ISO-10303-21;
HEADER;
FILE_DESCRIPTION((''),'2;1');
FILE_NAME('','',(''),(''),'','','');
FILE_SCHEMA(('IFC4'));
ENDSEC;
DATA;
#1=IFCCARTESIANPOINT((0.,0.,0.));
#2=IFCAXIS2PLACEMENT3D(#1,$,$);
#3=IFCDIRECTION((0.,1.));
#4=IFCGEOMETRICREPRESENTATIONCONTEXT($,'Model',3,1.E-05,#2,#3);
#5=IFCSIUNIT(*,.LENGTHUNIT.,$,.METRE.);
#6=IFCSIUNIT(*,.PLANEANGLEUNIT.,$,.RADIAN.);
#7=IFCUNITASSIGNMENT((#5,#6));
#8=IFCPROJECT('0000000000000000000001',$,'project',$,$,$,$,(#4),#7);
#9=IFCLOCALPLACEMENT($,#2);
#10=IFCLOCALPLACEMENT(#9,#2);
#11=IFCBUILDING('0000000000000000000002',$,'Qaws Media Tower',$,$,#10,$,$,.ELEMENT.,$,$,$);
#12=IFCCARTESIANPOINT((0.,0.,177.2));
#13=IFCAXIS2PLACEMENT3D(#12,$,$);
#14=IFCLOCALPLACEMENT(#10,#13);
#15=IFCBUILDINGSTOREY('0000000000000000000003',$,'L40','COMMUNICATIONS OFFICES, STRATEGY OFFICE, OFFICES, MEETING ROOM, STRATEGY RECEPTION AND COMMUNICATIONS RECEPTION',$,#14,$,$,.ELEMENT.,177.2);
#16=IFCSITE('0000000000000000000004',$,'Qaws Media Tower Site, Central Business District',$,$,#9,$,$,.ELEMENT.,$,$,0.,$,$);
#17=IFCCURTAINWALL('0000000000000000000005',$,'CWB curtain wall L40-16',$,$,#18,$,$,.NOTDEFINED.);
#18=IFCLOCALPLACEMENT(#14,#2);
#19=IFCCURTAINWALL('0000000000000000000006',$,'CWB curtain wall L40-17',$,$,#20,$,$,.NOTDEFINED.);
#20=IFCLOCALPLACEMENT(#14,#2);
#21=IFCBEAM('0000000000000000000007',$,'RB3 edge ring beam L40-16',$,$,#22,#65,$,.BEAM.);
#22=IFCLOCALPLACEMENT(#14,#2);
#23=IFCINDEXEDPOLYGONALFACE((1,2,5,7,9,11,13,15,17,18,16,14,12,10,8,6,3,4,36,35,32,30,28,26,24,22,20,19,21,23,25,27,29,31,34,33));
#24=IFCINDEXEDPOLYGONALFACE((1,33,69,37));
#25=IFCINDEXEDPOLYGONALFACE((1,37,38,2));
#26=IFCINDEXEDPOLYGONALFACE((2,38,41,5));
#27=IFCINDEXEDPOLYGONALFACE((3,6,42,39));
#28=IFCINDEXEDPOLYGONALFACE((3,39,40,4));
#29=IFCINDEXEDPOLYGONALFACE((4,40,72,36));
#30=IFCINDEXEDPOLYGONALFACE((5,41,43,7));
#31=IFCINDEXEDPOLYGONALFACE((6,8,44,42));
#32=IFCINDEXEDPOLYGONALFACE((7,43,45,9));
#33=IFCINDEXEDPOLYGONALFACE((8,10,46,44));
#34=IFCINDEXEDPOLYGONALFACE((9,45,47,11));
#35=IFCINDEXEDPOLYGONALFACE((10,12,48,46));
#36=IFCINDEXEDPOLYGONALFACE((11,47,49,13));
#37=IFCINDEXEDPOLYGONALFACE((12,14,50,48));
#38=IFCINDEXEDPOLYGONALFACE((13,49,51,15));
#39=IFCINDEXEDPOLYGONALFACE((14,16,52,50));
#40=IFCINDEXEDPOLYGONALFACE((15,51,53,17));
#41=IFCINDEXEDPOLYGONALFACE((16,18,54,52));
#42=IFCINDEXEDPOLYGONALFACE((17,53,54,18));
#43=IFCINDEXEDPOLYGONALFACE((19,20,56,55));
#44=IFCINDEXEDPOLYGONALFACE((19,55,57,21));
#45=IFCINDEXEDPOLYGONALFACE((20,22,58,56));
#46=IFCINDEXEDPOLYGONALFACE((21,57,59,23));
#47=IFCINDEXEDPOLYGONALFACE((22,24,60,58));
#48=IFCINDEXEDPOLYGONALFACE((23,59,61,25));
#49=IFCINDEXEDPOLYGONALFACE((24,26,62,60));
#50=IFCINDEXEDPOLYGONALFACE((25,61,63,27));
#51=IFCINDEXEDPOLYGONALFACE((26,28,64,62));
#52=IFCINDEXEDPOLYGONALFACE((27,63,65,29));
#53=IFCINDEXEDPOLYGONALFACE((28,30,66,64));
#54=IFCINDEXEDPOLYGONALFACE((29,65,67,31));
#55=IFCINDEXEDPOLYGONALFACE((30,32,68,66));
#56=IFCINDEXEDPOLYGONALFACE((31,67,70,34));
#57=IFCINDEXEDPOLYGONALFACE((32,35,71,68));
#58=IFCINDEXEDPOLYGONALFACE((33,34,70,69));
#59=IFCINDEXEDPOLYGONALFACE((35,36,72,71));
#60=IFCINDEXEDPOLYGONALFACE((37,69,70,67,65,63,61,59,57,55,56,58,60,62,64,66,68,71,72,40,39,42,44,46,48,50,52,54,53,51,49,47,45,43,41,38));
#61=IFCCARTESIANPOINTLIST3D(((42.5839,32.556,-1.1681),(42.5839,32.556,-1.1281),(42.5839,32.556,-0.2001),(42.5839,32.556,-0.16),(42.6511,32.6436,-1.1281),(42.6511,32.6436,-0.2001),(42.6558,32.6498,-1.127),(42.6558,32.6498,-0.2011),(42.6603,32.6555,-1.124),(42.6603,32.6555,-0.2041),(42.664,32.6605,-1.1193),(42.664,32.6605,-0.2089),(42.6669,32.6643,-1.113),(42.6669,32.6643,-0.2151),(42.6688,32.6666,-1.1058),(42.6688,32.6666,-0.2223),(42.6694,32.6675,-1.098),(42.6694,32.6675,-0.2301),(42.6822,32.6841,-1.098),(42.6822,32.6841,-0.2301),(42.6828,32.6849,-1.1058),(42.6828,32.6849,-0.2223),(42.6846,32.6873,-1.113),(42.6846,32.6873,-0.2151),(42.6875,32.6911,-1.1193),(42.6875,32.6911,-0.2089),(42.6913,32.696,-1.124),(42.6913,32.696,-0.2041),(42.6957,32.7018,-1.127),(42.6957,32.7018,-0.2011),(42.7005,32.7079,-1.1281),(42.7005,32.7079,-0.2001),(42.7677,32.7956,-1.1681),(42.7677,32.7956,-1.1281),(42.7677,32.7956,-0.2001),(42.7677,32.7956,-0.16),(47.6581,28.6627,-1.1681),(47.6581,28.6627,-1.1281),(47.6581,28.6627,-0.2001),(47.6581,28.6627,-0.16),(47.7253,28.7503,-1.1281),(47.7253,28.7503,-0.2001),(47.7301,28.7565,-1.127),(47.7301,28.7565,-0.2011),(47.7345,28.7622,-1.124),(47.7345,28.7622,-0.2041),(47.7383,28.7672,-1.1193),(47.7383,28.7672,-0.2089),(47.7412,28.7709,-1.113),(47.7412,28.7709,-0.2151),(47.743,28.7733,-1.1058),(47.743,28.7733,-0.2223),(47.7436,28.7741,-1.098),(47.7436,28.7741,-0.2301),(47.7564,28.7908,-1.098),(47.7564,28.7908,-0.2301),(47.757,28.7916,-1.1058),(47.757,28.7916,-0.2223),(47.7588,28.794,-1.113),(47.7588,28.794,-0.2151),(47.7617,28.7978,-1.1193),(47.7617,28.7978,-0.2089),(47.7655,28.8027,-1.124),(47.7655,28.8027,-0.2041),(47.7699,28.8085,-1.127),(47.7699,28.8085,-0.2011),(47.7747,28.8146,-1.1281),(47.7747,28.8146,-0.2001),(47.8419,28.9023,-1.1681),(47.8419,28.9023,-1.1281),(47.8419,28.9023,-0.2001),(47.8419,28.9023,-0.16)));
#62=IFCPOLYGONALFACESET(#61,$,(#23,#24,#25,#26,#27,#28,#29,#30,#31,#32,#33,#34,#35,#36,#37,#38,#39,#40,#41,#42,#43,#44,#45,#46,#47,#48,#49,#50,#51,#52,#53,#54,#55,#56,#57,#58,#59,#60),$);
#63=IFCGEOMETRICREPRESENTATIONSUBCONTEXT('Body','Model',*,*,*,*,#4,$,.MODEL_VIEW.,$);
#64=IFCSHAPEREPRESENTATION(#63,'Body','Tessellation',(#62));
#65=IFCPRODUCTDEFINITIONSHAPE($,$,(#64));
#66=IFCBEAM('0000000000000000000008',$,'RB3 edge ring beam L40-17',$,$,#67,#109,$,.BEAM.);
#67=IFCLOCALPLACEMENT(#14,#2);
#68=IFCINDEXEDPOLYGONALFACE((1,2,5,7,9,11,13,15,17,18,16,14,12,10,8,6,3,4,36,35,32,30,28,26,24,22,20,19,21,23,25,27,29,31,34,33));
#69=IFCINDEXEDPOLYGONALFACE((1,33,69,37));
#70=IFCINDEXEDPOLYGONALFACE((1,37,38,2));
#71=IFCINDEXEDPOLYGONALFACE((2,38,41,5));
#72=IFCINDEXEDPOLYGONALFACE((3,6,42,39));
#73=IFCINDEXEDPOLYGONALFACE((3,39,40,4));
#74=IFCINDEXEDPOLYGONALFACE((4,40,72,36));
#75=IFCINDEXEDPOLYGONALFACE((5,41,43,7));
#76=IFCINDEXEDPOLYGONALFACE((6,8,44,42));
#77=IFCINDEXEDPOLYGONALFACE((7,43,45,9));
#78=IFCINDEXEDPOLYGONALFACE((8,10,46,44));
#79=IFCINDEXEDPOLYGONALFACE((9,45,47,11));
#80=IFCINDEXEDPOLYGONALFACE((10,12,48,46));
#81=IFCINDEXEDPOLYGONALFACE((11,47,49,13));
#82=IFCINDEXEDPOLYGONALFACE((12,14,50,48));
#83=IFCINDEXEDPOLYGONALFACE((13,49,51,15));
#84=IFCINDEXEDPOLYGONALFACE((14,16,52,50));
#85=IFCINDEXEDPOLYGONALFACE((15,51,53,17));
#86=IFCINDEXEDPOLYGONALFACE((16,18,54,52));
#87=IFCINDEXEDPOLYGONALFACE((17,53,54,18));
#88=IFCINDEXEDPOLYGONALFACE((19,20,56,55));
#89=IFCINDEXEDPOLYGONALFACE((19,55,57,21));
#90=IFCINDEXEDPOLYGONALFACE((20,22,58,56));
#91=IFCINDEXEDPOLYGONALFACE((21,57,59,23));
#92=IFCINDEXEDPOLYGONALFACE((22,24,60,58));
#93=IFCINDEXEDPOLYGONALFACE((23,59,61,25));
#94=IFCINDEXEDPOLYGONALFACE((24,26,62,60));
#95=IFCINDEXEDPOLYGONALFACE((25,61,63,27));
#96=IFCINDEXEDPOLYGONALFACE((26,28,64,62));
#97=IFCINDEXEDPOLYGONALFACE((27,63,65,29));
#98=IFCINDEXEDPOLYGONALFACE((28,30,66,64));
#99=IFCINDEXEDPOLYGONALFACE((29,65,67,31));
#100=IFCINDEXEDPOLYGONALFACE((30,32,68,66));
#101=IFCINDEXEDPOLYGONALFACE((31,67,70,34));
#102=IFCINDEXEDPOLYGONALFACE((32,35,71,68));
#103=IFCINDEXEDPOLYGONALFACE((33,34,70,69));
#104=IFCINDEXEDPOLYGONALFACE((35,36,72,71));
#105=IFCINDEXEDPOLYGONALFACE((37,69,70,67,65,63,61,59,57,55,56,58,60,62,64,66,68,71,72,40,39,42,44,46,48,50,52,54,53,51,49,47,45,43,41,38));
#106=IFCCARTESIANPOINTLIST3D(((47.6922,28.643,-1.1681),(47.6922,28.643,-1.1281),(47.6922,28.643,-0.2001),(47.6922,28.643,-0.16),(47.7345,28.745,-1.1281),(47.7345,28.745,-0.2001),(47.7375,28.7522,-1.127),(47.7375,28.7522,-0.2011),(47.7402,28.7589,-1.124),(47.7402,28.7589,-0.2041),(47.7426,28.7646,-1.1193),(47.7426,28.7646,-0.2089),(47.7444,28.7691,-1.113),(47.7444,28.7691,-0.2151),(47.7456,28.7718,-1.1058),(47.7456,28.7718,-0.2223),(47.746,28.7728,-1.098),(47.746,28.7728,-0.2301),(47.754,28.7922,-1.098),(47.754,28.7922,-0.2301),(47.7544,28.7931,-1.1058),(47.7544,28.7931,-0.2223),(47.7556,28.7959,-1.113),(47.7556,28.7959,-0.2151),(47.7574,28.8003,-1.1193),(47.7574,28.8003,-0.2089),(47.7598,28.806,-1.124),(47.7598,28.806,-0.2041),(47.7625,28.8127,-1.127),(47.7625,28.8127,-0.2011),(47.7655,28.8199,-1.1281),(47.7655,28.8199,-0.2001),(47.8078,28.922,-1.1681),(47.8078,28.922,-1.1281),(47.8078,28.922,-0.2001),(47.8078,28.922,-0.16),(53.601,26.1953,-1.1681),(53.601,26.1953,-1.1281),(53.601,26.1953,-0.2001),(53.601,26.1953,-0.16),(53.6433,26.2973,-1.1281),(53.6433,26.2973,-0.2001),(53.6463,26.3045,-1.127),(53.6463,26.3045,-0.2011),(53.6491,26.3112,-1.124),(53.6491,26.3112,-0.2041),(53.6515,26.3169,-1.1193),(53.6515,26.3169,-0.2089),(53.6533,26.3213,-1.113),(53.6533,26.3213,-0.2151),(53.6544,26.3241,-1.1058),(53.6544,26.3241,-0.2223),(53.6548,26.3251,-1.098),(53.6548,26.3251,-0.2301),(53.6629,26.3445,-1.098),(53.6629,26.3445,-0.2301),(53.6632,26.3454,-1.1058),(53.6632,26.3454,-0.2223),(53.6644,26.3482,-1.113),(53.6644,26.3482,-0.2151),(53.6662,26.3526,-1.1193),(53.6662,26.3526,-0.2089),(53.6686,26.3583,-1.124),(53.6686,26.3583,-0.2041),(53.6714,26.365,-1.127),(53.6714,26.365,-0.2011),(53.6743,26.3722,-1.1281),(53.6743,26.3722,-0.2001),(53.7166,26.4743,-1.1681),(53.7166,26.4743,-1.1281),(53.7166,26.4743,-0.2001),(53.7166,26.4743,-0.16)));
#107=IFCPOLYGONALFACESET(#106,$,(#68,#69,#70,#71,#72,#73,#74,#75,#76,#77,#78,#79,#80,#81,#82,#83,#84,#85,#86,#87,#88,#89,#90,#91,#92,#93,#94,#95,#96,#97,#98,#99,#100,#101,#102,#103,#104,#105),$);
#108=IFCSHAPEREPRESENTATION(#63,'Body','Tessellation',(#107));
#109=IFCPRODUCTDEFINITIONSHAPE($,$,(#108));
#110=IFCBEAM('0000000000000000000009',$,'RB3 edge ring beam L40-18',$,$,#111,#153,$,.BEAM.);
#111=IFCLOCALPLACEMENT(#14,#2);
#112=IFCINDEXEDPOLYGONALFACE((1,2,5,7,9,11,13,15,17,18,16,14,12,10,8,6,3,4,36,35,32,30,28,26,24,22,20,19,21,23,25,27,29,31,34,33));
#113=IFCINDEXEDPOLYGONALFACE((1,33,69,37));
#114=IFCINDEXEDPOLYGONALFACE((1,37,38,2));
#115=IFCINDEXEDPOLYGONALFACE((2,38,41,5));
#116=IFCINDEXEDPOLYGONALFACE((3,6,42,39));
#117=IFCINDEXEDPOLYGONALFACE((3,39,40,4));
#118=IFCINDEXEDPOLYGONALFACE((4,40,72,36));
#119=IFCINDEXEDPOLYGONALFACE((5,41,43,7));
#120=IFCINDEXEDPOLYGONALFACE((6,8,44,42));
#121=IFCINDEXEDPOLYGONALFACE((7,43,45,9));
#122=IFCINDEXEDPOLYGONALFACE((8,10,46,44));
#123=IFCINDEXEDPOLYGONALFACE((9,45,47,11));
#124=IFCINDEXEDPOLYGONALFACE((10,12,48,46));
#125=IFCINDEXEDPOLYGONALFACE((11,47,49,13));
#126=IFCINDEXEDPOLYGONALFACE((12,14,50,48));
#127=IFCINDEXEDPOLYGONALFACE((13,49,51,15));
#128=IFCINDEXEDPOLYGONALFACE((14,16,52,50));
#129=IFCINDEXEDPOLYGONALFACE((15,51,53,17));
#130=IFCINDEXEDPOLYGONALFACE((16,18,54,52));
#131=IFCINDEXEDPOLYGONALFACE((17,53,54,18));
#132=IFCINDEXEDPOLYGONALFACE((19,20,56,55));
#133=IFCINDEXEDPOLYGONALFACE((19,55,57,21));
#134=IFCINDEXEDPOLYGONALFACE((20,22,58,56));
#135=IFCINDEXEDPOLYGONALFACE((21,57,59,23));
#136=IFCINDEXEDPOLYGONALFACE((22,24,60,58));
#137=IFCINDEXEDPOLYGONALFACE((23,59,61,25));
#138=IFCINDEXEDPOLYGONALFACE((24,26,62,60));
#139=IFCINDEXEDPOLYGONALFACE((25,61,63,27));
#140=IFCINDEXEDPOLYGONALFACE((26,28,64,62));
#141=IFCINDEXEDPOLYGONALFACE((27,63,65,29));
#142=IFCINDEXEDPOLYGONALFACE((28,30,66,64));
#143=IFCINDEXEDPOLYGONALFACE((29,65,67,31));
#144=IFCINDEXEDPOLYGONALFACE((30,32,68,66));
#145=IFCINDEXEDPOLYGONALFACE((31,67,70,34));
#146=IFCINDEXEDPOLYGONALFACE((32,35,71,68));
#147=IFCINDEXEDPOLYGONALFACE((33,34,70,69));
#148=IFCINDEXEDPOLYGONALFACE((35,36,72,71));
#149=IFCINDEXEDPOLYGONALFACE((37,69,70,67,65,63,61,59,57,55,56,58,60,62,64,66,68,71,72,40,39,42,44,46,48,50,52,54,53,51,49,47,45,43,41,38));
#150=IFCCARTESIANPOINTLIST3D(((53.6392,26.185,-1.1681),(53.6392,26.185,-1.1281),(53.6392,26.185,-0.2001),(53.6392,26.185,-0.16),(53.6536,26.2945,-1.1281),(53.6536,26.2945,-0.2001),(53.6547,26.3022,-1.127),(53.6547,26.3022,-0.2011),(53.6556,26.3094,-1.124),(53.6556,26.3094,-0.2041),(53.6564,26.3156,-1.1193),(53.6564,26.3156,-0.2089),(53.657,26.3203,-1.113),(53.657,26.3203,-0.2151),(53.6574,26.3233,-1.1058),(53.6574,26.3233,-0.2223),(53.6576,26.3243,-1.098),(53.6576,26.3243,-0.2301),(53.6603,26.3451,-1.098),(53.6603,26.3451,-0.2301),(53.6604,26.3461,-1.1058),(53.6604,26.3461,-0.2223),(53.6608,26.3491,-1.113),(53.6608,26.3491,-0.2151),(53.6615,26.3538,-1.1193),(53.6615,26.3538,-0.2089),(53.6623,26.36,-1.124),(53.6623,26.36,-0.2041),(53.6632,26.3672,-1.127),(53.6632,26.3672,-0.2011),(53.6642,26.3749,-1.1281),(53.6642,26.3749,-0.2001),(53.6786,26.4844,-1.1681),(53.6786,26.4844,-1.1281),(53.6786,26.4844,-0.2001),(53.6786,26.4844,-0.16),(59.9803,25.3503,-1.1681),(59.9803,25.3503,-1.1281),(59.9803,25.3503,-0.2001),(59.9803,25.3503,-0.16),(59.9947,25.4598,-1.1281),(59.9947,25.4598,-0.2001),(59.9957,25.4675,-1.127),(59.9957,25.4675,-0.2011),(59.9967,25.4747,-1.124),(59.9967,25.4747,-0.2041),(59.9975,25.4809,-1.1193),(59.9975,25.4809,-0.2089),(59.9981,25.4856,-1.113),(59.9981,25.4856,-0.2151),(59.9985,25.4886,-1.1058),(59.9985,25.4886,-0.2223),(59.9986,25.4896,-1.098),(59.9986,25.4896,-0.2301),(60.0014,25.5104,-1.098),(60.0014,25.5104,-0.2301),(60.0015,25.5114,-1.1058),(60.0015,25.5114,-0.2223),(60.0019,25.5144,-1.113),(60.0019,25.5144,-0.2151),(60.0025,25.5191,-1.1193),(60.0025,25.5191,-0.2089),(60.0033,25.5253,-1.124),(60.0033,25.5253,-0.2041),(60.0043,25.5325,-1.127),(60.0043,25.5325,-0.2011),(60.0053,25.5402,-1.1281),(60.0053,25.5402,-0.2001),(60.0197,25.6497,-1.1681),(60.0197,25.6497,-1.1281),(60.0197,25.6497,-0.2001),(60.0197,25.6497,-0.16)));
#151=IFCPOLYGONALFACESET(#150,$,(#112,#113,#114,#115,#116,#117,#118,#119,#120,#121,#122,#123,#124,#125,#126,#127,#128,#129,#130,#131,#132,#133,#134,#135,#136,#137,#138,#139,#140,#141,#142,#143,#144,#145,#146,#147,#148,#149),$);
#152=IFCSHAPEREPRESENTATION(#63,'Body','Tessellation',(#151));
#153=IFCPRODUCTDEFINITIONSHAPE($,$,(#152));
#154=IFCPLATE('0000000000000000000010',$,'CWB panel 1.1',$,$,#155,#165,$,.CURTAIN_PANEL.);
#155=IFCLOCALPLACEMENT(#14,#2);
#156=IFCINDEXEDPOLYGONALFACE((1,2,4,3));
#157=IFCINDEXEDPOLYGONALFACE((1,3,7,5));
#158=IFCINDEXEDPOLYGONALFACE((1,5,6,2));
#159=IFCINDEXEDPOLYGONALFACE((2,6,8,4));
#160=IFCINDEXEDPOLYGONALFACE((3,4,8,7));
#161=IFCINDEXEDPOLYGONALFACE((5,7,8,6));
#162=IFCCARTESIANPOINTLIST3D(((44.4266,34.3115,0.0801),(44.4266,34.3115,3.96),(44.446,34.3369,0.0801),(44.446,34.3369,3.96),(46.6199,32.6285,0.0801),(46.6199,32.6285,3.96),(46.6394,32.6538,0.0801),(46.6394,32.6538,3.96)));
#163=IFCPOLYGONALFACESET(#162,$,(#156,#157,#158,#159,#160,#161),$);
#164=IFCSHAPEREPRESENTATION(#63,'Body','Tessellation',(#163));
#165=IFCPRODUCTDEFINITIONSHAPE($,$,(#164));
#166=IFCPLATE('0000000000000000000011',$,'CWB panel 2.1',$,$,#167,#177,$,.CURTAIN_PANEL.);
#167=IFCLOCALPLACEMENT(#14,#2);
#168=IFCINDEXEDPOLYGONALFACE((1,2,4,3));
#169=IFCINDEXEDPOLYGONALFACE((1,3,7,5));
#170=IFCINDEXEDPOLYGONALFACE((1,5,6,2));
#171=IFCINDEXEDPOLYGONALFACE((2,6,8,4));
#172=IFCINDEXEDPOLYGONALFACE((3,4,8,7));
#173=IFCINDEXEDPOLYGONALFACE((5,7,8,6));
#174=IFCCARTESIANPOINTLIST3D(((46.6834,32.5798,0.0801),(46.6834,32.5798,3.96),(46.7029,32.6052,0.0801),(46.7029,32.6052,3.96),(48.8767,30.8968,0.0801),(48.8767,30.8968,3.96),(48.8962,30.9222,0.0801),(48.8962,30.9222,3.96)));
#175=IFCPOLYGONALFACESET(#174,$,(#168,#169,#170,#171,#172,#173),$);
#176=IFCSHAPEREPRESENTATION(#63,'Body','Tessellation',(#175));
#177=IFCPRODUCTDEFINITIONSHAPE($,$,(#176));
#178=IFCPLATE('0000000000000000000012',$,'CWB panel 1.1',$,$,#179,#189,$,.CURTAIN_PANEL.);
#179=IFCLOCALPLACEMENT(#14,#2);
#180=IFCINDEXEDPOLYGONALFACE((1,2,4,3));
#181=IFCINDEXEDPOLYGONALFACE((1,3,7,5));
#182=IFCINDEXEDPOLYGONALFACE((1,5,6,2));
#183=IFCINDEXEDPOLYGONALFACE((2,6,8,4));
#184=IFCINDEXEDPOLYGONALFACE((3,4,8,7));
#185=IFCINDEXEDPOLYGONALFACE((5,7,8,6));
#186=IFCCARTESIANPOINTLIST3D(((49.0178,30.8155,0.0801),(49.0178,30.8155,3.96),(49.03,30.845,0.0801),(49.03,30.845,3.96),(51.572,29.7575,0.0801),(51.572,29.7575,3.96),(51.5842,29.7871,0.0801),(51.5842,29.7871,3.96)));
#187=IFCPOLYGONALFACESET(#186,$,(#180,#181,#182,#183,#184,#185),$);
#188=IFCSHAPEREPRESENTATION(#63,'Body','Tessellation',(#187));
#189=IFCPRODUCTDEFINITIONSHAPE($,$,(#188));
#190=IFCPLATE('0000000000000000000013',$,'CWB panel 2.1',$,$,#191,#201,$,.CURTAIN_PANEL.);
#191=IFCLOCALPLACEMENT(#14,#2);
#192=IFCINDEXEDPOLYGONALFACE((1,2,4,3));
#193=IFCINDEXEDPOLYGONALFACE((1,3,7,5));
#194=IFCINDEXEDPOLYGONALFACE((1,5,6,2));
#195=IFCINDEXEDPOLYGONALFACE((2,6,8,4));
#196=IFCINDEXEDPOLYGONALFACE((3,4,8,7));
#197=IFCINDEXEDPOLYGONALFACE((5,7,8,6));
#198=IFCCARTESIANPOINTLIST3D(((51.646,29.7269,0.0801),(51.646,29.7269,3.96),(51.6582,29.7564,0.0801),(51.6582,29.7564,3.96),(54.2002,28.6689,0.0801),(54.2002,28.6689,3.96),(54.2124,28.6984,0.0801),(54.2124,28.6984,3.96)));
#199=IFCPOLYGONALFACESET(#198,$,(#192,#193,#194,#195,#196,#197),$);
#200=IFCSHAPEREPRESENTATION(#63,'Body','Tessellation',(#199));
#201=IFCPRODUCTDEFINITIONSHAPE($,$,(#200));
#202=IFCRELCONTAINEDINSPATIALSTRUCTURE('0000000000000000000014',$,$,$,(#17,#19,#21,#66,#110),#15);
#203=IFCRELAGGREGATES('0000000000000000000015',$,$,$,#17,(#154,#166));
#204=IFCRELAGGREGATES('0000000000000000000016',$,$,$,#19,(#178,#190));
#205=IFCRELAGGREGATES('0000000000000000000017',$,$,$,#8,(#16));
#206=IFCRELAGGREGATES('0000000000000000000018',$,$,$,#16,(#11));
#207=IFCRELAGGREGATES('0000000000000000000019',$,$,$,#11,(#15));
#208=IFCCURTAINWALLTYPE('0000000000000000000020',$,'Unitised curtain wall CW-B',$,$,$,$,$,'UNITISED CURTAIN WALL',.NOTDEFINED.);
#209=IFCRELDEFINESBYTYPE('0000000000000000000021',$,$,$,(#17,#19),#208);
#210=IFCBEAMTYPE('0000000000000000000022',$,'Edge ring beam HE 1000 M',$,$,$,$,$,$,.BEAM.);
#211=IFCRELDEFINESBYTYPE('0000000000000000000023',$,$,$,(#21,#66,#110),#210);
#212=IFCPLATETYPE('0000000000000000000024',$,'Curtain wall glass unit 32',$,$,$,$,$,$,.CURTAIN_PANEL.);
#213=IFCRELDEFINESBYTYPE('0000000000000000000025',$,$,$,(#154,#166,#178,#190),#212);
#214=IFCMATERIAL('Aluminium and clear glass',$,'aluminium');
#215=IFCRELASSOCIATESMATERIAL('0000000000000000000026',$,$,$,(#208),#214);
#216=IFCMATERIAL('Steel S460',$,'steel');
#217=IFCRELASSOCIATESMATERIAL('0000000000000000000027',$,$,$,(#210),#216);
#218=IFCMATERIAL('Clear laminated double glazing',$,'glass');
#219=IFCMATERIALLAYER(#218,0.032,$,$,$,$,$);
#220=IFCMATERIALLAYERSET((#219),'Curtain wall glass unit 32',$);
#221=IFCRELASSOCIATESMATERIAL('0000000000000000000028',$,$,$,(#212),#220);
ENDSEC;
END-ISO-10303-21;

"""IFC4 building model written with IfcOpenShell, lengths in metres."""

from ifc_helpers import new_model, si_unit, direction, frame, origin, origin_2d, place, context, subcontext, project, spatial, rectangle, i_section, extrude, material, layer, layer_set, material_profile, profile_set, type_object, element, aggregate, save


model = new_model("IFC4")

# Units and contexts
model_context = context("Model", 3, precision=1e-05, world=origin(), true_north=direction((0.0, 1.0)))
body_context = subcontext(model_context, "Body", "Model", "MODEL_VIEW")
ifc_project = project(units=[si_unit("LENGTHUNIT", "METRE"), si_unit("PLANEANGLEUNIT", "RADIAN")], contexts=[model_context])

# Site, building, storey
site_placement = place(None, origin())
site = spatial("IfcSite", under=ifc_project, at=site_placement, Name="Qaws Media Tower Site, Central Business District", CompositionType="ELEMENT", RefElevation=0.0)
building_placement = place(site_placement, origin())
building = spatial("IfcBuilding", under=site, at=building_placement, Name="Qaws Media Tower", CompositionType="ELEMENT")
storey_placement = place(building_placement, frame((0.0, 0.0, 177.2)))
storey = spatial("IfcBuildingStorey", under=building, at=storey_placement, Name="L40", Description="COMMUNICATIONS OFFICES, STRATEGY OFFICE, OFFICES, MEETING ROOM, STRATEGY RECEPTION AND COMMUNICATIONS RECEPTION", CompositionType="ELEMENT", Elevation=177.2)

# Curtain walls
ifc_material_1 = material(Name="Aluminium and clear glass", Category="aluminium")
curtain_wall_type = type_object("IfcCurtainWallType", Name="Unitised curtain wall CW-B", ElementType="UNITISED CURTAIN WALL", PredefinedType="NOTDEFINED", material=ifc_material_1)
curtain_wall_1_placement = place(storey_placement, origin())
curtain_wall_1 = element("IfcCurtainWall", 1, at=curtain_wall_1_placement, inside=storey, type_object=curtain_wall_type, Name="CWB curtain wall L40-16", PredefinedType="NOTDEFINED")
curtain_wall_2_placement = place(storey_placement, origin())
curtain_wall_2 = element("IfcCurtainWall", 2, at=curtain_wall_2_placement, inside=storey, type_object=curtain_wall_type, Name="CWB curtain wall L40-17", PredefinedType="NOTDEFINED")

# Beams
ifc_material_2 = material(Name="Steel S460", Category="steel")
ifc_material_profile_1 = material_profile(ifc_material_2, i_section(OverallWidth=0.302, OverallDepth=1.0081, WebThickness=0.021, FlangeThickness=0.04, FilletRadius=0.03, at=origin_2d()), Name="HE 1000 M")
ifc_profile_set_1 = profile_set([ifc_material_profile_1], Name="Steel S460")
beam_type = type_object("IfcBeamType", Name="Edge ring beam HE 1000 M", PredefinedType="BEAM", material=ifc_profile_set_1)
for number, where, z_axis, x_axis, name in (
    (3, (42.6758, 32.6758, -0.6641), (0.793374, -0.608734, 0.0), (0.608734, 0.793374, 0.0), "RB3 edge ring beam L40-16"),
    (4, (47.75, 28.7825, -0.6641), (0.923869, -0.382709, 0.0), (0.382709, 0.923869, 0.0), "RB3 edge ring beam L40-17"),
    (5, (53.6589, 26.3347, -0.6641), (0.991447, -0.130511, 0.0), (0.130511, 0.991447, 0.0), "RB3 edge ring beam L40-18"),
):
    element("IfcBeam", number, at=place(storey_placement, frame(where, z_axis=z_axis, x_axis=x_axis)), inside=storey, type_object=beam_type, Name=name, PredefinedType="BEAM", context=body_context, shape_type="SweptSolid", body=[
        extrude(i_section(OverallWidth=0.302, OverallDepth=1.0081, WebThickness=0.021, FlangeThickness=0.04, FilletRadius=0.03, at=origin_2d()), origin(), (0.0, 0.0, 1.0), 6.3958),
    ])

# Plates
ifc_material_3 = material(Name="Clear laminated double glazing", Category="glass")
ifc_layer_1 = layer(ifc_material_3, 0.032)
ifc_layer_set_1 = layer_set([ifc_layer_1], Name="Curtain wall glass unit 32")
plate_type_1 = type_object("IfcPlateType", Name="Curtain wall glass unit 32", PredefinedType="CURTAIN_PANEL", material=ifc_layer_set_1)
plate_1_placement = place(storey_placement, frame((45.533, 33.4827, 0.0801), z_axis=(0.0, 0.0, 1.0), x_axis=(0.793353, -0.608761, 0.0)))
plate_1 = element("IfcPlate", 6, at=plate_1_placement, type_object=plate_type_1, Name="CWB panel 1.1", PredefinedType="CURTAIN_PANEL", context=body_context, shape_type="SweptSolid", body=[
    extrude(rectangle(XDim=2.7646, YDim=0.032, at=origin_2d()), origin(), (0.0, 0.0, 1.0), 3.8799),
])
plate_2_placement = place(storey_placement, frame((47.7898, 31.751, 0.0801), z_axis=(0.0, 0.0, 1.0), x_axis=(0.793353, -0.608761, 0.0)))
plate_2 = element("IfcPlate", 7, at=plate_2_placement, type_object=plate_type_1, Name="CWB panel 2.1", PredefinedType="CURTAIN_PANEL", context=body_context, shape_type="SweptSolid", body=[
    extrude(rectangle(XDim=2.7646, YDim=0.032, at=origin_2d()), origin(), (0.0, 0.0, 1.0), 3.8799),
])
aggregate(curtain_wall_1, [plate_1, plate_2])
plate_3_placement = place(storey_placement, frame((50.301, 30.3013, 0.0801), z_axis=(0.0, 0.0, 1.0), x_axis=(0.923879, -0.382684, 0.0)))
plate_3 = element("IfcPlate", 8, at=plate_3_placement, type_object=plate_type_1, Name="CWB panel 1.1", PredefinedType="CURTAIN_PANEL", context=body_context, shape_type="SweptSolid", body=[
    extrude(rectangle(XDim=2.7646, YDim=0.032, at=origin_2d()), origin(), (0.0, 0.0, 1.0), 3.8799),
])
plate_4_placement = place(storey_placement, frame((52.9292, 29.2126, 0.0801), z_axis=(0.0, 0.0, 1.0), x_axis=(0.923879, -0.382684, 0.0)))
plate_4 = element("IfcPlate", 9, at=plate_4_placement, type_object=plate_type_1, Name="CWB panel 2.1", PredefinedType="CURTAIN_PANEL", context=body_context, shape_type="SweptSolid", body=[
    extrude(rectangle(XDim=2.7646, YDim=0.032, at=origin_2d()), origin(), (0.0, 0.0, 1.0), 3.8799),
])
aggregate(curtain_wall_2, [plate_3, plate_4])

save(model, "model.ifc")
